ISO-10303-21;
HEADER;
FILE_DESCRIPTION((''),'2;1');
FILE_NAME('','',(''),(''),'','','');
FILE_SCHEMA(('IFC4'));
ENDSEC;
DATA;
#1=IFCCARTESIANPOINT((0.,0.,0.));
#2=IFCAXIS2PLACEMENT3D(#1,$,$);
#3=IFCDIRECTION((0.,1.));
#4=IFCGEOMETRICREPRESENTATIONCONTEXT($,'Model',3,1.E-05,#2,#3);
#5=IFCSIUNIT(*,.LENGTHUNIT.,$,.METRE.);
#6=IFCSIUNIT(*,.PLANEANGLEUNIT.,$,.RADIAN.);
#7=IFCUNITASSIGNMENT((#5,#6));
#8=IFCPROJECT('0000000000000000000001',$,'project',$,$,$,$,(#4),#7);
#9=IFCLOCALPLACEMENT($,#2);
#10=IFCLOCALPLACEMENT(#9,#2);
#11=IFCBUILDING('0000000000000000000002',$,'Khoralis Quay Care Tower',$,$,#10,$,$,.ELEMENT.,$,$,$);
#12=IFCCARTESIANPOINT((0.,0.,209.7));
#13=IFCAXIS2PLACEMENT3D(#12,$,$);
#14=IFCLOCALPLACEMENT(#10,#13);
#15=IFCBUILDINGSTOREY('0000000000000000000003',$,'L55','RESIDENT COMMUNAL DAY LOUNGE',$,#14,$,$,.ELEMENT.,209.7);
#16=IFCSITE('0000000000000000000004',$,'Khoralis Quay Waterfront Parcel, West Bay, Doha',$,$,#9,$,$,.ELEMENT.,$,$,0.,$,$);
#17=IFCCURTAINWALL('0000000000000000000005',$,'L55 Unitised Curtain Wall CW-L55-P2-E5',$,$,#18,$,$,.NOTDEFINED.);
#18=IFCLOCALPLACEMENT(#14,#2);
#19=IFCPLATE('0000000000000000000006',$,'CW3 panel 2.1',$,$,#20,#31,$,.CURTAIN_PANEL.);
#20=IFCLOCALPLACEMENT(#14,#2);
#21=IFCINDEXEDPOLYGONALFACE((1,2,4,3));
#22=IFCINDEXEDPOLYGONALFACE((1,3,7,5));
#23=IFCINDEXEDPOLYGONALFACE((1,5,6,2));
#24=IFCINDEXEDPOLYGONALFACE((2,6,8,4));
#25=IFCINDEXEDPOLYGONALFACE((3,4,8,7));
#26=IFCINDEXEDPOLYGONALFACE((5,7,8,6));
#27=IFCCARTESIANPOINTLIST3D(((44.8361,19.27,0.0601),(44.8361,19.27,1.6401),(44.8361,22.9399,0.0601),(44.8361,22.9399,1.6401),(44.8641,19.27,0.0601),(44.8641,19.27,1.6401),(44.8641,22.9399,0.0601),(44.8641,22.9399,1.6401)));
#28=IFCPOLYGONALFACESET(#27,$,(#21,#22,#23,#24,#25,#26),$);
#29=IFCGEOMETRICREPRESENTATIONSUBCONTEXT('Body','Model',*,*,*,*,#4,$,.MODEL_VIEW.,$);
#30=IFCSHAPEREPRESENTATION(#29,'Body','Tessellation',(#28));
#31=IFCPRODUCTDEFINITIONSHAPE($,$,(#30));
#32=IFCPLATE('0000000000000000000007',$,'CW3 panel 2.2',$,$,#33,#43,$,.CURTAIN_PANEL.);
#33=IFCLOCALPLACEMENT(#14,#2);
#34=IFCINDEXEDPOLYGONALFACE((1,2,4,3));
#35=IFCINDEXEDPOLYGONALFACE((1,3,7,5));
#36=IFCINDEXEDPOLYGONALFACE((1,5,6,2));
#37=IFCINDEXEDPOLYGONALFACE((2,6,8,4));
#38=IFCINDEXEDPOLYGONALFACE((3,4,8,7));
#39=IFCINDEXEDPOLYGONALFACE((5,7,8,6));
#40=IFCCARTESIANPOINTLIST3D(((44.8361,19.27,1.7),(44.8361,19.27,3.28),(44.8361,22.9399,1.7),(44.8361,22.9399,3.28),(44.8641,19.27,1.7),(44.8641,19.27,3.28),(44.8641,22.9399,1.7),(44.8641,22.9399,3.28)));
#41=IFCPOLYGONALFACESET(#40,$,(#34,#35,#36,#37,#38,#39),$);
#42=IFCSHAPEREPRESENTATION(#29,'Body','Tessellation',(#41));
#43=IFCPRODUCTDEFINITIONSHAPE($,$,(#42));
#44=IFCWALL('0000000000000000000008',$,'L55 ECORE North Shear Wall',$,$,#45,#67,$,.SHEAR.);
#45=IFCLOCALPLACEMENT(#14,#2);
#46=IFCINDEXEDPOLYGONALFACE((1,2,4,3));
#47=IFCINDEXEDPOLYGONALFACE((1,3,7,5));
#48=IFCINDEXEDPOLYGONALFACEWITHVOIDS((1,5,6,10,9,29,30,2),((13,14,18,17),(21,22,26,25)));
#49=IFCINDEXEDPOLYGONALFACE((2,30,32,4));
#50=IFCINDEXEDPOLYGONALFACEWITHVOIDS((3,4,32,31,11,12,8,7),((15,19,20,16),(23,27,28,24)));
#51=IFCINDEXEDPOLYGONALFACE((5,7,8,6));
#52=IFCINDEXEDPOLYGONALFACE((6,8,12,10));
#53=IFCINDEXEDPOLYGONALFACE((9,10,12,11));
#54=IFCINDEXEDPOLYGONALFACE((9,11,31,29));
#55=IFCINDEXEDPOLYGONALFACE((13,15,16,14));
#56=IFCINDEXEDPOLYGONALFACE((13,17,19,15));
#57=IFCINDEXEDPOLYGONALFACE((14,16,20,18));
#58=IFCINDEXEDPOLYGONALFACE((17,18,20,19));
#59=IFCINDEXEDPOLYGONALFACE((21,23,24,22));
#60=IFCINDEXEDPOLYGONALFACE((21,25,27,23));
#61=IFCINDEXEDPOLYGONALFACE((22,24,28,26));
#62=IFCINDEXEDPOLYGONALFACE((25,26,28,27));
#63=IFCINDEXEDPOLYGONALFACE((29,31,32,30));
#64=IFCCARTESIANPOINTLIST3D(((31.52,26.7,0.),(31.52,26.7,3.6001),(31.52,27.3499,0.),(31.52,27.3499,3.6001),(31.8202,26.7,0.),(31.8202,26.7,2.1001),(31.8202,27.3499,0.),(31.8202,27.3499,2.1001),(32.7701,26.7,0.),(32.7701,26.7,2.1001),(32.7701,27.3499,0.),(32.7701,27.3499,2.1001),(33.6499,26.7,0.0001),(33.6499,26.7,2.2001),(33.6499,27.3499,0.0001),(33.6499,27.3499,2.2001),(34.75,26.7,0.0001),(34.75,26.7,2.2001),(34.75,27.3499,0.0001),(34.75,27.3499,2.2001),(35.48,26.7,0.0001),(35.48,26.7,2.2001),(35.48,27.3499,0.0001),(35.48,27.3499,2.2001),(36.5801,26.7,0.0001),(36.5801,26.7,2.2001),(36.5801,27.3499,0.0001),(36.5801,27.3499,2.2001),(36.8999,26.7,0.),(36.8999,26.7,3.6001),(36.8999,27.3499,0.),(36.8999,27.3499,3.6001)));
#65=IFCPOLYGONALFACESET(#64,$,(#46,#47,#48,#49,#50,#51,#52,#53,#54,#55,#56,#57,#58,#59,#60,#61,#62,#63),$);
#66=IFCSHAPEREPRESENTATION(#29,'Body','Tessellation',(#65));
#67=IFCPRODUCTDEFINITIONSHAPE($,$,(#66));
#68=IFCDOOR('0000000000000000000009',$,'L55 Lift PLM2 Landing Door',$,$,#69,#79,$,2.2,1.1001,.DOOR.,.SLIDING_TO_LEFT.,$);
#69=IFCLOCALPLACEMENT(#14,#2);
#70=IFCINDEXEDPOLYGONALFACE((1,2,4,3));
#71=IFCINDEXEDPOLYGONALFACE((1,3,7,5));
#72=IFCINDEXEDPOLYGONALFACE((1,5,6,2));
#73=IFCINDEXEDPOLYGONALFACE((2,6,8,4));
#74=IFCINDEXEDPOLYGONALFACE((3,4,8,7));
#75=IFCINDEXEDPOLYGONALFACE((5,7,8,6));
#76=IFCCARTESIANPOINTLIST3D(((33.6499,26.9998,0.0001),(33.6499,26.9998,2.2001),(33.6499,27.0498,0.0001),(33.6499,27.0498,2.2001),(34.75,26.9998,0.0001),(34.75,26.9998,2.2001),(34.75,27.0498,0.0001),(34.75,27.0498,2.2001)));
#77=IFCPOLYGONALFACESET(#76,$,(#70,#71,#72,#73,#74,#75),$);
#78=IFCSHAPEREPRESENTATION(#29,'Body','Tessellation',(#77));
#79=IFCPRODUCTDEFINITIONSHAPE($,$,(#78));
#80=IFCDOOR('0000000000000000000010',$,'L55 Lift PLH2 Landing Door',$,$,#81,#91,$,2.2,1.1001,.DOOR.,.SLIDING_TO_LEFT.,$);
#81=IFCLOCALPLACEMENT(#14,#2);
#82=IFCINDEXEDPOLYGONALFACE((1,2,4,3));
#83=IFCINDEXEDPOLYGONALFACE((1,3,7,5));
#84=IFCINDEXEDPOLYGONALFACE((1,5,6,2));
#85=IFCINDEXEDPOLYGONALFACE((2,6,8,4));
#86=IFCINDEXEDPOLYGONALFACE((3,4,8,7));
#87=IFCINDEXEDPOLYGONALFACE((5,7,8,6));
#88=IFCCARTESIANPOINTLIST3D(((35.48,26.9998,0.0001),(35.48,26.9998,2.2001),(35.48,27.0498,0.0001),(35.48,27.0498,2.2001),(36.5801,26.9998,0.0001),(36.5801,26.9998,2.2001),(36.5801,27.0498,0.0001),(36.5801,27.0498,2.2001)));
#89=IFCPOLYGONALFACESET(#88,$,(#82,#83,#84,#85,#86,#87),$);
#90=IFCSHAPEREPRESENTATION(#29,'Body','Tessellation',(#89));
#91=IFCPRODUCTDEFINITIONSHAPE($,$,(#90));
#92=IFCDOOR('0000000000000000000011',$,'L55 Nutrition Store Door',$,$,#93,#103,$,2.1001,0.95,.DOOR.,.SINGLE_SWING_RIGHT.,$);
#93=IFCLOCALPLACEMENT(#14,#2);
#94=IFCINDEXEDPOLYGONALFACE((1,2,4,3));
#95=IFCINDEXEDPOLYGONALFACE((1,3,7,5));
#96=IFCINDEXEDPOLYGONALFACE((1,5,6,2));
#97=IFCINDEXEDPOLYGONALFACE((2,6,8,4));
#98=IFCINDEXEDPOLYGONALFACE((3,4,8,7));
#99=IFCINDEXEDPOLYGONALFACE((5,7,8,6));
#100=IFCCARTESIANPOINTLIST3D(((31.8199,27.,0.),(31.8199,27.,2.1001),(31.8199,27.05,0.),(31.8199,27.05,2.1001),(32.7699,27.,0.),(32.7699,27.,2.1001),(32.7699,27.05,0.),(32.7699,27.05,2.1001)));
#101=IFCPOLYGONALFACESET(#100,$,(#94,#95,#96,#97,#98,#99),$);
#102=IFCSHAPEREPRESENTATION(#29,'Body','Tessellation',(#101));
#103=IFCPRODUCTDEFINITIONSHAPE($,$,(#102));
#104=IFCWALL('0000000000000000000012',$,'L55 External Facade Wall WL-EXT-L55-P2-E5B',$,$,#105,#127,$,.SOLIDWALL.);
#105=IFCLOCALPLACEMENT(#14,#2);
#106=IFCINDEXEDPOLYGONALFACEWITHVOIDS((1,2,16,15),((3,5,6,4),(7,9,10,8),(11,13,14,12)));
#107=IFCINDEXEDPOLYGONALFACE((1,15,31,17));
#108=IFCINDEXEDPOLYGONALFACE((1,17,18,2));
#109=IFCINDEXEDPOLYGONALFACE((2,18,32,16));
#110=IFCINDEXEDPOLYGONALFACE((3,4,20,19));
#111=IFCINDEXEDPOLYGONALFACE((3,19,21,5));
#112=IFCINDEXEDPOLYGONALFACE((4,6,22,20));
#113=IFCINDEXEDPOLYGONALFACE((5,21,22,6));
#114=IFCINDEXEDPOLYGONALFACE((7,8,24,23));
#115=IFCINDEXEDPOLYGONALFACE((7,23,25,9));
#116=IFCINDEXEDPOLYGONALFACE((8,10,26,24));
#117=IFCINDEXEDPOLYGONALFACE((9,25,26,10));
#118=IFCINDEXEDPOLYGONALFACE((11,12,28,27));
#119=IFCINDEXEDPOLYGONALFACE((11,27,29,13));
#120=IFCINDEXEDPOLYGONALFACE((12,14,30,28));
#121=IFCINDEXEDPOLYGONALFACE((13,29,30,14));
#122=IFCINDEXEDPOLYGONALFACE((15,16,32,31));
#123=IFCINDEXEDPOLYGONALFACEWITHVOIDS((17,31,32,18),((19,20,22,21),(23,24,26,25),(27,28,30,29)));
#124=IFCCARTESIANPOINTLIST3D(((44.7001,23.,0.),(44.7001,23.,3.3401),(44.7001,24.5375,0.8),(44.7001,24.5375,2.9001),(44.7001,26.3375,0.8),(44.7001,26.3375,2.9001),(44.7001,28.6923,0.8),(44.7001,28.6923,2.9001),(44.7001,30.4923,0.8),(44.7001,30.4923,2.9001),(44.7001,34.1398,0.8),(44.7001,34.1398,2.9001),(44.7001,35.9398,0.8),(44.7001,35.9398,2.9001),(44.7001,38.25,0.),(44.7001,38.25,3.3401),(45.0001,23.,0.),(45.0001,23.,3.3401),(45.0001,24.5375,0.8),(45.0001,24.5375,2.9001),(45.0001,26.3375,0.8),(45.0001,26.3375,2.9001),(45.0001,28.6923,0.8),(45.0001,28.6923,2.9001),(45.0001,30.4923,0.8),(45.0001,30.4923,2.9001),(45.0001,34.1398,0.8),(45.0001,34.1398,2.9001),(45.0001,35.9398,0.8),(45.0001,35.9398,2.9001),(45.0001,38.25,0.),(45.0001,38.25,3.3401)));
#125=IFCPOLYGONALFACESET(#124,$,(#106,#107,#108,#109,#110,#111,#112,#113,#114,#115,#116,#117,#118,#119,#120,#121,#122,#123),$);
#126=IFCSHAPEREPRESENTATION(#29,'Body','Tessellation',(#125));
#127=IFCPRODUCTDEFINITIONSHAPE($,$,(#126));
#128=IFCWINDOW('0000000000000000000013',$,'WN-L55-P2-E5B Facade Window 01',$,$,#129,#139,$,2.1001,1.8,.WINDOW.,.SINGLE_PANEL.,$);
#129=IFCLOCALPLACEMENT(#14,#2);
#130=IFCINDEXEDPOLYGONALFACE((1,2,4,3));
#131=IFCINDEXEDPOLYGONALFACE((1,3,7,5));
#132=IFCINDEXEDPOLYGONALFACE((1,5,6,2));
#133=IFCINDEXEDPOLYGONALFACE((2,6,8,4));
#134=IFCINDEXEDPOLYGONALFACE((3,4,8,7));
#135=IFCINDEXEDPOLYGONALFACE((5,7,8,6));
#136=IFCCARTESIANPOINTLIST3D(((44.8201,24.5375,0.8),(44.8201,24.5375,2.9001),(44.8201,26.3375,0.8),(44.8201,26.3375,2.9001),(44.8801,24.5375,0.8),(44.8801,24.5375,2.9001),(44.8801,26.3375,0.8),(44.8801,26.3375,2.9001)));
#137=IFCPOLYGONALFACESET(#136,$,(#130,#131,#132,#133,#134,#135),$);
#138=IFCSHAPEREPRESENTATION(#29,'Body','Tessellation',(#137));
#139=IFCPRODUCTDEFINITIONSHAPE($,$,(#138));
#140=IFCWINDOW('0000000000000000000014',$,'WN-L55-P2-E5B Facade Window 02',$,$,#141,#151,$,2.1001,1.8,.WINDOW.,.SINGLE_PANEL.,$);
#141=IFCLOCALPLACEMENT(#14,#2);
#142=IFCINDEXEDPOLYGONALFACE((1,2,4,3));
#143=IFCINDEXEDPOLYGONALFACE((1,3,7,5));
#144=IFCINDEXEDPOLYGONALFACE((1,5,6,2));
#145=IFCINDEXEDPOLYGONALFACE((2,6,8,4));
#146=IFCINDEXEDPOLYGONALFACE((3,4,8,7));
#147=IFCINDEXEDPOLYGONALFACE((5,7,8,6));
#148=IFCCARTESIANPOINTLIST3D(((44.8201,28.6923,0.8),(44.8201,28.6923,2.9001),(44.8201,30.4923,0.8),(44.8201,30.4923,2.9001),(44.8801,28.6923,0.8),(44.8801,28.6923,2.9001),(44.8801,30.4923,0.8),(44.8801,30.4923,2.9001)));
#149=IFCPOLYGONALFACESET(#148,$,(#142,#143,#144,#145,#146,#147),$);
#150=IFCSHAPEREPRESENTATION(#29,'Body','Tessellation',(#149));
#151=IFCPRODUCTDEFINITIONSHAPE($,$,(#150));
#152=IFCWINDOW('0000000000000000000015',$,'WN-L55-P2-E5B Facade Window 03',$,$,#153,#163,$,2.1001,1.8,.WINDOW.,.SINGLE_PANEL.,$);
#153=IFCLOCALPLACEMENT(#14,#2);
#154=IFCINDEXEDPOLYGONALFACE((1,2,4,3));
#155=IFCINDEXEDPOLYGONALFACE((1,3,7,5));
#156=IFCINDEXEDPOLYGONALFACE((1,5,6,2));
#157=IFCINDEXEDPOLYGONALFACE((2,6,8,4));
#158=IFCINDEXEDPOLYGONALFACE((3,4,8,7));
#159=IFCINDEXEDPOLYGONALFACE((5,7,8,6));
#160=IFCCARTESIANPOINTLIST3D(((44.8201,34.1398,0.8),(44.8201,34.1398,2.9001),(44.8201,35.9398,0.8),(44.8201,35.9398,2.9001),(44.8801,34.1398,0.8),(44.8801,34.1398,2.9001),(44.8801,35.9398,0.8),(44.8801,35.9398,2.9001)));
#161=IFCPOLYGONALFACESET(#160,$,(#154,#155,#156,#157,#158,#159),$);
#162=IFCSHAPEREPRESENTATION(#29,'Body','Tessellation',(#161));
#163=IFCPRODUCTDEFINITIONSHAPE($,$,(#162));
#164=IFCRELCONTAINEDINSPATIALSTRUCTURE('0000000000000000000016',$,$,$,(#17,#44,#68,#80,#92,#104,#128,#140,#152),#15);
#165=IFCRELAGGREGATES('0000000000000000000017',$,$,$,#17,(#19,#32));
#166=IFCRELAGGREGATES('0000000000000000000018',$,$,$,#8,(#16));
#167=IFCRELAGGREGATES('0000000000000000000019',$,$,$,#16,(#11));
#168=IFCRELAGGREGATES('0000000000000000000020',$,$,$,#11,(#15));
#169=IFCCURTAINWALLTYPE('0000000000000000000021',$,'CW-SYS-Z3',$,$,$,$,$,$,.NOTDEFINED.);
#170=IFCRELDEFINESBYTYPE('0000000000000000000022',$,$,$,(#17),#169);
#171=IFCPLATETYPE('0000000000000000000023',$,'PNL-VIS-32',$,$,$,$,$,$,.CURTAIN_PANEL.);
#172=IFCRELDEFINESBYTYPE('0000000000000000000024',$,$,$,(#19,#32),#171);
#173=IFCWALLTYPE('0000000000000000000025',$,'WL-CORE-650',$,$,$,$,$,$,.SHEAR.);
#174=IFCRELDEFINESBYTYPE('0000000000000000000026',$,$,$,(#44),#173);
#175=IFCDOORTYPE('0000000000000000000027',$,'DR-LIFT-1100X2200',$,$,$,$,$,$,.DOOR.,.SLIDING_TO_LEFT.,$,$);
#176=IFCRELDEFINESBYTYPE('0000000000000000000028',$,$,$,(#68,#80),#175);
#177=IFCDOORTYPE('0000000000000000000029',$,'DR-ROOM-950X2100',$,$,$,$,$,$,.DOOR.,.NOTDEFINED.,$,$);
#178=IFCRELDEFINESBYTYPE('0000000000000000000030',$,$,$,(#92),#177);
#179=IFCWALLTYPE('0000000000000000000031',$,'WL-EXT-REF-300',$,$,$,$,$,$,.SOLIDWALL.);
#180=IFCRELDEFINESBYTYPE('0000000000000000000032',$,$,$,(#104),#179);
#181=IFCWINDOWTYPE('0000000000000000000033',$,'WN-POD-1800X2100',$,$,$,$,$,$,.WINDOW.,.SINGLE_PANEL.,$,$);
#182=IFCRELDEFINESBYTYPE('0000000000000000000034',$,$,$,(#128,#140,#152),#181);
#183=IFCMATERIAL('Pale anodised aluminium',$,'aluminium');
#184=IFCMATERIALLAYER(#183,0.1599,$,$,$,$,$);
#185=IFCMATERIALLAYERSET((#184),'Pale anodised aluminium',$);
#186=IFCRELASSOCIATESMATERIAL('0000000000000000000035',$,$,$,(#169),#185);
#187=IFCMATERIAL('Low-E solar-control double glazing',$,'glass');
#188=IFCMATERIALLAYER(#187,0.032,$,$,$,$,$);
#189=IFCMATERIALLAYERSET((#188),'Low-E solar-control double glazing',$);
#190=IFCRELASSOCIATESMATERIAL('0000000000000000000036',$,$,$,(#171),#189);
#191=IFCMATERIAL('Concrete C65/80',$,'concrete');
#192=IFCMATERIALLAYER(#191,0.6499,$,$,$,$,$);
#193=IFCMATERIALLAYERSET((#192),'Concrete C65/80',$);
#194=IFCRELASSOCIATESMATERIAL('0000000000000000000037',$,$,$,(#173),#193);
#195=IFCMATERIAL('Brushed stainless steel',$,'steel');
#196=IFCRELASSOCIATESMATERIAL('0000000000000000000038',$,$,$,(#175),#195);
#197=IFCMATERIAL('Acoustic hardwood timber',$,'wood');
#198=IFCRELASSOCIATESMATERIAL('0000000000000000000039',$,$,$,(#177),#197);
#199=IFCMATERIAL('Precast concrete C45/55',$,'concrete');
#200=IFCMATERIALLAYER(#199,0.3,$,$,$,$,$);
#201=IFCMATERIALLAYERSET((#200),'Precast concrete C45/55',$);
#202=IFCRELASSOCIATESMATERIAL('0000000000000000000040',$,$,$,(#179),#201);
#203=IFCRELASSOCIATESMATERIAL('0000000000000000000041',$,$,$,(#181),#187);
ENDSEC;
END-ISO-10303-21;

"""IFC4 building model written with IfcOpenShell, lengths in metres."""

from ifc_helpers import new_model, si_unit, direction, frame, frame_2d, origin, origin_2d, place, context, subcontext, project, spatial, rectangle, extrude, source, transform, mapped, material, layer, layer_set, type_object, element, fill, aggregate, save


model = new_model("IFC4")

# Units and contexts
model_context = context("Model", 3, precision=1e-05, world=origin(), true_north=direction((0.0, 1.0)))
body_context = subcontext(model_context, "Body", "Model", "MODEL_VIEW")
ifc_project = project(units=[si_unit("LENGTHUNIT", "METRE"), si_unit("PLANEANGLEUNIT", "RADIAN")], contexts=[model_context])

# Site, building, storey
site_placement = place(None, origin())
site = spatial("IfcSite", under=ifc_project, at=site_placement, Name="Khoralis Quay Waterfront Parcel, West Bay, Doha", CompositionType="ELEMENT", RefElevation=0.0)
building_placement = place(site_placement, origin())
building = spatial("IfcBuilding", under=site, at=building_placement, Name="Khoralis Quay Care Tower", CompositionType="ELEMENT")
storey_placement = place(building_placement, frame((0.0, 0.0, 209.7)))
storey = spatial("IfcBuildingStorey", under=building, at=storey_placement, Name="L55", Description="RESIDENT COMMUNAL DAY LOUNGE", CompositionType="ELEMENT", Elevation=209.7)

# Shared definitions
ifc_material_1 = material(Name="Concrete C65/80", Category="concrete")

# Curtain wall, plates
ifc_material_2 = material(Name="Pale anodised aluminium", Category="aluminium")
ifc_layer_1 = layer(ifc_material_2, 0.1599)
ifc_layer_set_1 = layer_set([ifc_layer_1], Name="Pale anodised aluminium")
curtain_wall_type = type_object("IfcCurtainWallType", Name="CW-SYS-Z3", PredefinedType="NOTDEFINED", material=ifc_layer_set_1)
curtain_wall_placement = place(storey_placement, origin())
curtain_wall = element("IfcCurtainWall", 1, at=curtain_wall_placement, inside=storey, type_object=curtain_wall_type, Name="L55 Unitised Curtain Wall CW-L55-P2-E5", PredefinedType="NOTDEFINED")
ifc_material_3 = material(Name="Low-E solar-control double glazing", Category="glass")
ifc_layer_2 = layer(ifc_material_3, 0.032)
ifc_layer_set_2 = layer_set([ifc_layer_2], Name="Low-E solar-control double glazing")
plate_type = type_object("IfcPlateType", Name="PNL-VIS-32", PredefinedType="CURTAIN_PANEL", material=ifc_layer_set_2)
shared_shape_1 = source(origin(), body_context, "Body", "SweptSolid", [
    extrude(rectangle(XDim=3.6699, YDim=0.0281, at=origin_2d()), origin(), (0.0, 0.0, 1.0), 1.5801),
])
plate_1_placement = place(storey_placement, frame((44.8501, 21.105, 0.0601), z_axis=(0.0, 0.0, 1.0), x_axis=(0.0, 1.0, 0.0)))
plate_1 = element("IfcPlate", 2, at=plate_1_placement, type_object=plate_type, Name="CW3 panel 2.1", PredefinedType="CURTAIN_PANEL", context=body_context, shape_type="MappedRepresentation", body=[
    mapped(shared_shape_1, transform((0.0, 0.0, 0.0), scale=1.0)),
])
plate_2_placement = place(storey_placement, frame((44.8501, 21.105, 1.7), z_axis=(0.0, 0.0, 1.0), x_axis=(0.0, 1.0, 0.0)))
plate_2 = element("IfcPlate", 3, at=plate_2_placement, type_object=plate_type, Name="CW3 panel 2.2", PredefinedType="CURTAIN_PANEL", context=body_context, shape_type="MappedRepresentation", body=[
    mapped(shared_shape_1, transform((0.0, 0.0, 0.0), scale=1.0)),
])
aggregate(curtain_wall, [plate_1, plate_2])

# Wall, openings, doors
ifc_layer_3 = layer(ifc_material_1, 0.6499)
ifc_layer_set_3 = layer_set([ifc_layer_3], Name="Concrete C65/80")
wall_type_1 = type_object("IfcWallType", Name="WL-CORE-650", PredefinedType="SHEAR", material=ifc_layer_set_3)
wall_1_placement = place(storey_placement, frame((31.52, 27.0249, 0.0), z_axis=(0.0, 0.0, 1.0), x_axis=(1.0, 0.0, 0.0)))
wall_1 = element("IfcWall", 4, at=wall_1_placement, inside=storey, type_object=wall_type_1, Name="L55 ECORE North Shear Wall", PredefinedType="SHEAR", context=body_context, shape_type="SweptSolid", body=[
    extrude(rectangle(XDim=5.3799, YDim=0.6499, at=frame_2d((2.6899, 0.0))), origin(), (0.0, 0.0, 1.0), 3.6001),
])
opening_1_placement = place(wall_1_placement, frame((0.3, 0.0, 0.0)))
opening_1 = element("IfcOpeningElement", 5, at=opening_1_placement, cuts=wall_1, PredefinedType="OPENING", context=body_context, shape_type="SweptSolid", body=[
    extrude(rectangle(XDim=0.95, YDim=2.1001, at=frame_2d((0.4751, 1.05))), frame((0.0, 0.335, 0.0), z_axis=(0.0, -1.0, 0.0), x_axis=(1.0, 0.0, 0.0)), (0.0, 0.0, 1.0), 0.6699),
])
opening_2_placement = place(wall_1_placement, frame((2.1299, 0.0, 0.0)))
opening_2 = element("IfcOpeningElement", 6, at=opening_2_placement, cuts=wall_1, PredefinedType="OPENING", context=body_context, shape_type="SweptSolid", body=[
    extrude(rectangle(XDim=1.1001, YDim=2.2, at=frame_2d((0.55, 1.1001))), frame((0.0, 0.335, 0.0), z_axis=(0.0, -1.0, 0.0), x_axis=(1.0, 0.0, 0.0)), (0.0, 0.0, 1.0), 0.6699),
])
opening_3_placement = place(wall_1_placement, frame((3.96, 0.0, 0.0)))
opening_3 = element("IfcOpeningElement", 7, at=opening_3_placement, cuts=wall_1, PredefinedType="OPENING", context=body_context, shape_type="SweptSolid", body=[
    extrude(rectangle(XDim=1.1001, YDim=2.2, at=frame_2d((0.55, 1.1001))), frame((0.0, 0.335, 0.0), z_axis=(0.0, -1.0, 0.0), x_axis=(1.0, 0.0, 0.0)), (0.0, 0.0, 1.0), 0.6699),
])
ifc_material_4 = material(Name="Brushed stainless steel", Category="steel")
door_type_1 = type_object("IfcDoorType", Name="DR-LIFT-1100X2200", OperationType="SLIDING_TO_LEFT", PredefinedType="DOOR", material=ifc_material_4)
shared_shape_2 = source(origin(), body_context, "Body", "SweptSolid", [
    extrude(rectangle(XDim=1.1001, YDim=2.2, at=frame_2d((0.55, 1.1001))), frame((0.0, 0.0249, 0.0), z_axis=(0.0, -1.0, 0.0), x_axis=(1.0, 0.0, 0.0)), (0.0, 0.0, 1.0), 0.05),
])
door_1_placement = place(opening_2_placement, origin())
door_1 = element("IfcDoor", 8, at=door_1_placement, inside=storey, type_object=door_type_1, Name="L55 Lift PLM2 Landing Door", OperationType="SLIDING_TO_LEFT", OverallHeight=2.2, OverallWidth=1.1001, PredefinedType="DOOR", context=body_context, shape_type="MappedRepresentation", body=[
    mapped(shared_shape_2, transform((0.0, 0.0, 0.0), scale=1.0)),
])
fill(opening_2, door_1)
door_2_placement = place(opening_3_placement, origin())
door_2 = element("IfcDoor", 9, at=door_2_placement, inside=storey, type_object=door_type_1, Name="L55 Lift PLH2 Landing Door", OperationType="SLIDING_TO_LEFT", OverallHeight=2.2, OverallWidth=1.1001, PredefinedType="DOOR", context=body_context, shape_type="MappedRepresentation", body=[
    mapped(shared_shape_2, transform((0.0, 0.0, 0.0), scale=1.0)),
])
fill(opening_3, door_2)
ifc_material_5 = material(Name="Acoustic hardwood timber", Category="wood")
door_type_2 = type_object("IfcDoorType", Name="DR-ROOM-950X2100", OperationType="NOTDEFINED", PredefinedType="DOOR", material=ifc_material_5)
shared_shape_3 = source(origin(), body_context, "Body", "SweptSolid", [
    extrude(rectangle(XDim=0.95, YDim=2.1001, at=frame_2d((0.4751, 1.05))), frame((0.0, 0.0249, 0.0), z_axis=(0.0, -1.0, 0.0), x_axis=(1.0, 0.0, 0.0)), (0.0, 0.0, 1.0), 0.05),
])
door_3_placement = place(opening_1_placement, frame((0.95, 0.0, 0.0), z_axis=(0.0, 0.0, 1.0), x_axis=(-1.0, 0.0, 0.0)))
door_3 = element("IfcDoor", 10, at=door_3_placement, inside=storey, type_object=door_type_2, Name="L55 Nutrition Store Door", OperationType="SINGLE_SWING_RIGHT", OverallHeight=2.1001, OverallWidth=0.95, PredefinedType="DOOR", context=body_context, shape_type="MappedRepresentation", body=[
    mapped(shared_shape_3, transform((0.0, 0.0, 0.0), scale=1.0)),
])
fill(opening_1, door_3)

# Wall, openings, windows
ifc_material_6 = material(Name="Precast concrete C45/55", Category="concrete")
ifc_layer_4 = layer(ifc_material_6, 0.3)
ifc_layer_set_4 = layer_set([ifc_layer_4], Name="Precast concrete C45/55")
wall_type_2 = type_object("IfcWallType", Name="WL-EXT-REF-300", PredefinedType="SOLIDWALL", material=ifc_layer_set_4)
wall_2_placement = place(storey_placement, frame((44.8501, 23.0, 0.0), z_axis=(0.0, 0.0, 1.0), x_axis=(0.0, 1.0, 0.0)))
wall_2 = element("IfcWall", 11, at=wall_2_placement, inside=storey, type_object=wall_type_2, Name="L55 External Facade Wall WL-EXT-L55-P2-E5B", PredefinedType="SOLIDWALL", context=body_context, shape_type="SweptSolid", body=[
    extrude(rectangle(XDim=15.25, YDim=0.3, at=frame_2d((7.625, 0.0))), origin(), (0.0, 0.0, 1.0), 3.3401),
])
opening_4_placement = place(wall_2_placement, frame((1.5376, 0.0, 0.8)))
opening_4 = element("IfcOpeningElement", 12, at=opening_4_placement, cuts=wall_2, PredefinedType="OPENING", context=body_context, shape_type="SweptSolid", body=[
    extrude(rectangle(XDim=1.8, YDim=2.1001, at=frame_2d((0.8999, 1.05))), frame((0.0, 0.1602, 0.0), z_axis=(0.0, -1.0, 0.0), x_axis=(1.0, 0.0, 0.0)), (0.0, 0.0, 1.0), 0.3201),
])
opening_5_placement = place(wall_2_placement, frame((5.6924, 0.0, 0.8)))
opening_5 = element("IfcOpeningElement", 13, at=opening_5_placement, cuts=wall_2, PredefinedType="OPENING", context=body_context, shape_type="SweptSolid", body=[
    extrude(rectangle(XDim=1.8, YDim=2.1001, at=frame_2d((0.8999, 1.05))), frame((0.0, 0.1602, 0.0), z_axis=(0.0, -1.0, 0.0), x_axis=(1.0, 0.0, 0.0)), (0.0, 0.0, 1.0), 0.3201),
])
opening_6_placement = place(wall_2_placement, frame((11.1399, 0.0, 0.8)))
opening_6 = element("IfcOpeningElement", 14, at=opening_6_placement, cuts=wall_2, PredefinedType="OPENING", context=body_context, shape_type="SweptSolid", body=[
    extrude(rectangle(XDim=1.8, YDim=2.1001, at=frame_2d((0.8999, 1.05))), frame((0.0, 0.1602, 0.0), z_axis=(0.0, -1.0, 0.0), x_axis=(1.0, 0.0, 0.0)), (0.0, 0.0, 1.0), 0.3201),
])
window_type = type_object("IfcWindowType", Name="WN-POD-1800X2100", PartitioningType="SINGLE_PANEL", PredefinedType="WINDOW", material=ifc_material_3)
shared_shape_4 = source(origin(), body_context, "Body", "SweptSolid", [
    extrude(rectangle(XDim=1.8, YDim=2.1001, at=frame_2d((0.8999, 1.05))), frame((0.0, 0.03, 0.0), z_axis=(0.0, -1.0, 0.0), x_axis=(1.0, 0.0, 0.0)), (0.0, 0.0, 1.0), 0.0601),
])
window_1_placement = place(opening_4_placement, origin())
window_1 = element("IfcWindow", 15, at=window_1_placement, inside=storey, type_object=window_type, Name="WN-L55-P2-E5B Facade Window 01", OverallHeight=2.1001, OverallWidth=1.8, PartitioningType="SINGLE_PANEL", PredefinedType="WINDOW", context=body_context, shape_type="MappedRepresentation", body=[
    mapped(shared_shape_4, transform((0.0, 0.0, 0.0), scale=1.0)),
])
fill(opening_4, window_1)
window_2_placement = place(opening_5_placement, origin())
window_2 = element("IfcWindow", 16, at=window_2_placement, inside=storey, type_object=window_type, Name="WN-L55-P2-E5B Facade Window 02", OverallHeight=2.1001, OverallWidth=1.8, PartitioningType="SINGLE_PANEL", PredefinedType="WINDOW", context=body_context, shape_type="MappedRepresentation", body=[
    mapped(shared_shape_4, transform((0.0, 0.0, 0.0), scale=1.0)),
])
fill(opening_5, window_2)
window_3_placement = place(opening_6_placement, origin())
window_3 = element("IfcWindow", 17, at=window_3_placement, inside=storey, type_object=window_type, Name="WN-L55-P2-E5B Facade Window 03", OverallHeight=2.1001, OverallWidth=1.8, PartitioningType="SINGLE_PANEL", PredefinedType="WINDOW", context=body_context, shape_type="MappedRepresentation", body=[
    mapped(shared_shape_4, transform((0.0, 0.0, 0.0), scale=1.0)),
])
fill(opening_6, window_3)

save(model, "model.ifc")
